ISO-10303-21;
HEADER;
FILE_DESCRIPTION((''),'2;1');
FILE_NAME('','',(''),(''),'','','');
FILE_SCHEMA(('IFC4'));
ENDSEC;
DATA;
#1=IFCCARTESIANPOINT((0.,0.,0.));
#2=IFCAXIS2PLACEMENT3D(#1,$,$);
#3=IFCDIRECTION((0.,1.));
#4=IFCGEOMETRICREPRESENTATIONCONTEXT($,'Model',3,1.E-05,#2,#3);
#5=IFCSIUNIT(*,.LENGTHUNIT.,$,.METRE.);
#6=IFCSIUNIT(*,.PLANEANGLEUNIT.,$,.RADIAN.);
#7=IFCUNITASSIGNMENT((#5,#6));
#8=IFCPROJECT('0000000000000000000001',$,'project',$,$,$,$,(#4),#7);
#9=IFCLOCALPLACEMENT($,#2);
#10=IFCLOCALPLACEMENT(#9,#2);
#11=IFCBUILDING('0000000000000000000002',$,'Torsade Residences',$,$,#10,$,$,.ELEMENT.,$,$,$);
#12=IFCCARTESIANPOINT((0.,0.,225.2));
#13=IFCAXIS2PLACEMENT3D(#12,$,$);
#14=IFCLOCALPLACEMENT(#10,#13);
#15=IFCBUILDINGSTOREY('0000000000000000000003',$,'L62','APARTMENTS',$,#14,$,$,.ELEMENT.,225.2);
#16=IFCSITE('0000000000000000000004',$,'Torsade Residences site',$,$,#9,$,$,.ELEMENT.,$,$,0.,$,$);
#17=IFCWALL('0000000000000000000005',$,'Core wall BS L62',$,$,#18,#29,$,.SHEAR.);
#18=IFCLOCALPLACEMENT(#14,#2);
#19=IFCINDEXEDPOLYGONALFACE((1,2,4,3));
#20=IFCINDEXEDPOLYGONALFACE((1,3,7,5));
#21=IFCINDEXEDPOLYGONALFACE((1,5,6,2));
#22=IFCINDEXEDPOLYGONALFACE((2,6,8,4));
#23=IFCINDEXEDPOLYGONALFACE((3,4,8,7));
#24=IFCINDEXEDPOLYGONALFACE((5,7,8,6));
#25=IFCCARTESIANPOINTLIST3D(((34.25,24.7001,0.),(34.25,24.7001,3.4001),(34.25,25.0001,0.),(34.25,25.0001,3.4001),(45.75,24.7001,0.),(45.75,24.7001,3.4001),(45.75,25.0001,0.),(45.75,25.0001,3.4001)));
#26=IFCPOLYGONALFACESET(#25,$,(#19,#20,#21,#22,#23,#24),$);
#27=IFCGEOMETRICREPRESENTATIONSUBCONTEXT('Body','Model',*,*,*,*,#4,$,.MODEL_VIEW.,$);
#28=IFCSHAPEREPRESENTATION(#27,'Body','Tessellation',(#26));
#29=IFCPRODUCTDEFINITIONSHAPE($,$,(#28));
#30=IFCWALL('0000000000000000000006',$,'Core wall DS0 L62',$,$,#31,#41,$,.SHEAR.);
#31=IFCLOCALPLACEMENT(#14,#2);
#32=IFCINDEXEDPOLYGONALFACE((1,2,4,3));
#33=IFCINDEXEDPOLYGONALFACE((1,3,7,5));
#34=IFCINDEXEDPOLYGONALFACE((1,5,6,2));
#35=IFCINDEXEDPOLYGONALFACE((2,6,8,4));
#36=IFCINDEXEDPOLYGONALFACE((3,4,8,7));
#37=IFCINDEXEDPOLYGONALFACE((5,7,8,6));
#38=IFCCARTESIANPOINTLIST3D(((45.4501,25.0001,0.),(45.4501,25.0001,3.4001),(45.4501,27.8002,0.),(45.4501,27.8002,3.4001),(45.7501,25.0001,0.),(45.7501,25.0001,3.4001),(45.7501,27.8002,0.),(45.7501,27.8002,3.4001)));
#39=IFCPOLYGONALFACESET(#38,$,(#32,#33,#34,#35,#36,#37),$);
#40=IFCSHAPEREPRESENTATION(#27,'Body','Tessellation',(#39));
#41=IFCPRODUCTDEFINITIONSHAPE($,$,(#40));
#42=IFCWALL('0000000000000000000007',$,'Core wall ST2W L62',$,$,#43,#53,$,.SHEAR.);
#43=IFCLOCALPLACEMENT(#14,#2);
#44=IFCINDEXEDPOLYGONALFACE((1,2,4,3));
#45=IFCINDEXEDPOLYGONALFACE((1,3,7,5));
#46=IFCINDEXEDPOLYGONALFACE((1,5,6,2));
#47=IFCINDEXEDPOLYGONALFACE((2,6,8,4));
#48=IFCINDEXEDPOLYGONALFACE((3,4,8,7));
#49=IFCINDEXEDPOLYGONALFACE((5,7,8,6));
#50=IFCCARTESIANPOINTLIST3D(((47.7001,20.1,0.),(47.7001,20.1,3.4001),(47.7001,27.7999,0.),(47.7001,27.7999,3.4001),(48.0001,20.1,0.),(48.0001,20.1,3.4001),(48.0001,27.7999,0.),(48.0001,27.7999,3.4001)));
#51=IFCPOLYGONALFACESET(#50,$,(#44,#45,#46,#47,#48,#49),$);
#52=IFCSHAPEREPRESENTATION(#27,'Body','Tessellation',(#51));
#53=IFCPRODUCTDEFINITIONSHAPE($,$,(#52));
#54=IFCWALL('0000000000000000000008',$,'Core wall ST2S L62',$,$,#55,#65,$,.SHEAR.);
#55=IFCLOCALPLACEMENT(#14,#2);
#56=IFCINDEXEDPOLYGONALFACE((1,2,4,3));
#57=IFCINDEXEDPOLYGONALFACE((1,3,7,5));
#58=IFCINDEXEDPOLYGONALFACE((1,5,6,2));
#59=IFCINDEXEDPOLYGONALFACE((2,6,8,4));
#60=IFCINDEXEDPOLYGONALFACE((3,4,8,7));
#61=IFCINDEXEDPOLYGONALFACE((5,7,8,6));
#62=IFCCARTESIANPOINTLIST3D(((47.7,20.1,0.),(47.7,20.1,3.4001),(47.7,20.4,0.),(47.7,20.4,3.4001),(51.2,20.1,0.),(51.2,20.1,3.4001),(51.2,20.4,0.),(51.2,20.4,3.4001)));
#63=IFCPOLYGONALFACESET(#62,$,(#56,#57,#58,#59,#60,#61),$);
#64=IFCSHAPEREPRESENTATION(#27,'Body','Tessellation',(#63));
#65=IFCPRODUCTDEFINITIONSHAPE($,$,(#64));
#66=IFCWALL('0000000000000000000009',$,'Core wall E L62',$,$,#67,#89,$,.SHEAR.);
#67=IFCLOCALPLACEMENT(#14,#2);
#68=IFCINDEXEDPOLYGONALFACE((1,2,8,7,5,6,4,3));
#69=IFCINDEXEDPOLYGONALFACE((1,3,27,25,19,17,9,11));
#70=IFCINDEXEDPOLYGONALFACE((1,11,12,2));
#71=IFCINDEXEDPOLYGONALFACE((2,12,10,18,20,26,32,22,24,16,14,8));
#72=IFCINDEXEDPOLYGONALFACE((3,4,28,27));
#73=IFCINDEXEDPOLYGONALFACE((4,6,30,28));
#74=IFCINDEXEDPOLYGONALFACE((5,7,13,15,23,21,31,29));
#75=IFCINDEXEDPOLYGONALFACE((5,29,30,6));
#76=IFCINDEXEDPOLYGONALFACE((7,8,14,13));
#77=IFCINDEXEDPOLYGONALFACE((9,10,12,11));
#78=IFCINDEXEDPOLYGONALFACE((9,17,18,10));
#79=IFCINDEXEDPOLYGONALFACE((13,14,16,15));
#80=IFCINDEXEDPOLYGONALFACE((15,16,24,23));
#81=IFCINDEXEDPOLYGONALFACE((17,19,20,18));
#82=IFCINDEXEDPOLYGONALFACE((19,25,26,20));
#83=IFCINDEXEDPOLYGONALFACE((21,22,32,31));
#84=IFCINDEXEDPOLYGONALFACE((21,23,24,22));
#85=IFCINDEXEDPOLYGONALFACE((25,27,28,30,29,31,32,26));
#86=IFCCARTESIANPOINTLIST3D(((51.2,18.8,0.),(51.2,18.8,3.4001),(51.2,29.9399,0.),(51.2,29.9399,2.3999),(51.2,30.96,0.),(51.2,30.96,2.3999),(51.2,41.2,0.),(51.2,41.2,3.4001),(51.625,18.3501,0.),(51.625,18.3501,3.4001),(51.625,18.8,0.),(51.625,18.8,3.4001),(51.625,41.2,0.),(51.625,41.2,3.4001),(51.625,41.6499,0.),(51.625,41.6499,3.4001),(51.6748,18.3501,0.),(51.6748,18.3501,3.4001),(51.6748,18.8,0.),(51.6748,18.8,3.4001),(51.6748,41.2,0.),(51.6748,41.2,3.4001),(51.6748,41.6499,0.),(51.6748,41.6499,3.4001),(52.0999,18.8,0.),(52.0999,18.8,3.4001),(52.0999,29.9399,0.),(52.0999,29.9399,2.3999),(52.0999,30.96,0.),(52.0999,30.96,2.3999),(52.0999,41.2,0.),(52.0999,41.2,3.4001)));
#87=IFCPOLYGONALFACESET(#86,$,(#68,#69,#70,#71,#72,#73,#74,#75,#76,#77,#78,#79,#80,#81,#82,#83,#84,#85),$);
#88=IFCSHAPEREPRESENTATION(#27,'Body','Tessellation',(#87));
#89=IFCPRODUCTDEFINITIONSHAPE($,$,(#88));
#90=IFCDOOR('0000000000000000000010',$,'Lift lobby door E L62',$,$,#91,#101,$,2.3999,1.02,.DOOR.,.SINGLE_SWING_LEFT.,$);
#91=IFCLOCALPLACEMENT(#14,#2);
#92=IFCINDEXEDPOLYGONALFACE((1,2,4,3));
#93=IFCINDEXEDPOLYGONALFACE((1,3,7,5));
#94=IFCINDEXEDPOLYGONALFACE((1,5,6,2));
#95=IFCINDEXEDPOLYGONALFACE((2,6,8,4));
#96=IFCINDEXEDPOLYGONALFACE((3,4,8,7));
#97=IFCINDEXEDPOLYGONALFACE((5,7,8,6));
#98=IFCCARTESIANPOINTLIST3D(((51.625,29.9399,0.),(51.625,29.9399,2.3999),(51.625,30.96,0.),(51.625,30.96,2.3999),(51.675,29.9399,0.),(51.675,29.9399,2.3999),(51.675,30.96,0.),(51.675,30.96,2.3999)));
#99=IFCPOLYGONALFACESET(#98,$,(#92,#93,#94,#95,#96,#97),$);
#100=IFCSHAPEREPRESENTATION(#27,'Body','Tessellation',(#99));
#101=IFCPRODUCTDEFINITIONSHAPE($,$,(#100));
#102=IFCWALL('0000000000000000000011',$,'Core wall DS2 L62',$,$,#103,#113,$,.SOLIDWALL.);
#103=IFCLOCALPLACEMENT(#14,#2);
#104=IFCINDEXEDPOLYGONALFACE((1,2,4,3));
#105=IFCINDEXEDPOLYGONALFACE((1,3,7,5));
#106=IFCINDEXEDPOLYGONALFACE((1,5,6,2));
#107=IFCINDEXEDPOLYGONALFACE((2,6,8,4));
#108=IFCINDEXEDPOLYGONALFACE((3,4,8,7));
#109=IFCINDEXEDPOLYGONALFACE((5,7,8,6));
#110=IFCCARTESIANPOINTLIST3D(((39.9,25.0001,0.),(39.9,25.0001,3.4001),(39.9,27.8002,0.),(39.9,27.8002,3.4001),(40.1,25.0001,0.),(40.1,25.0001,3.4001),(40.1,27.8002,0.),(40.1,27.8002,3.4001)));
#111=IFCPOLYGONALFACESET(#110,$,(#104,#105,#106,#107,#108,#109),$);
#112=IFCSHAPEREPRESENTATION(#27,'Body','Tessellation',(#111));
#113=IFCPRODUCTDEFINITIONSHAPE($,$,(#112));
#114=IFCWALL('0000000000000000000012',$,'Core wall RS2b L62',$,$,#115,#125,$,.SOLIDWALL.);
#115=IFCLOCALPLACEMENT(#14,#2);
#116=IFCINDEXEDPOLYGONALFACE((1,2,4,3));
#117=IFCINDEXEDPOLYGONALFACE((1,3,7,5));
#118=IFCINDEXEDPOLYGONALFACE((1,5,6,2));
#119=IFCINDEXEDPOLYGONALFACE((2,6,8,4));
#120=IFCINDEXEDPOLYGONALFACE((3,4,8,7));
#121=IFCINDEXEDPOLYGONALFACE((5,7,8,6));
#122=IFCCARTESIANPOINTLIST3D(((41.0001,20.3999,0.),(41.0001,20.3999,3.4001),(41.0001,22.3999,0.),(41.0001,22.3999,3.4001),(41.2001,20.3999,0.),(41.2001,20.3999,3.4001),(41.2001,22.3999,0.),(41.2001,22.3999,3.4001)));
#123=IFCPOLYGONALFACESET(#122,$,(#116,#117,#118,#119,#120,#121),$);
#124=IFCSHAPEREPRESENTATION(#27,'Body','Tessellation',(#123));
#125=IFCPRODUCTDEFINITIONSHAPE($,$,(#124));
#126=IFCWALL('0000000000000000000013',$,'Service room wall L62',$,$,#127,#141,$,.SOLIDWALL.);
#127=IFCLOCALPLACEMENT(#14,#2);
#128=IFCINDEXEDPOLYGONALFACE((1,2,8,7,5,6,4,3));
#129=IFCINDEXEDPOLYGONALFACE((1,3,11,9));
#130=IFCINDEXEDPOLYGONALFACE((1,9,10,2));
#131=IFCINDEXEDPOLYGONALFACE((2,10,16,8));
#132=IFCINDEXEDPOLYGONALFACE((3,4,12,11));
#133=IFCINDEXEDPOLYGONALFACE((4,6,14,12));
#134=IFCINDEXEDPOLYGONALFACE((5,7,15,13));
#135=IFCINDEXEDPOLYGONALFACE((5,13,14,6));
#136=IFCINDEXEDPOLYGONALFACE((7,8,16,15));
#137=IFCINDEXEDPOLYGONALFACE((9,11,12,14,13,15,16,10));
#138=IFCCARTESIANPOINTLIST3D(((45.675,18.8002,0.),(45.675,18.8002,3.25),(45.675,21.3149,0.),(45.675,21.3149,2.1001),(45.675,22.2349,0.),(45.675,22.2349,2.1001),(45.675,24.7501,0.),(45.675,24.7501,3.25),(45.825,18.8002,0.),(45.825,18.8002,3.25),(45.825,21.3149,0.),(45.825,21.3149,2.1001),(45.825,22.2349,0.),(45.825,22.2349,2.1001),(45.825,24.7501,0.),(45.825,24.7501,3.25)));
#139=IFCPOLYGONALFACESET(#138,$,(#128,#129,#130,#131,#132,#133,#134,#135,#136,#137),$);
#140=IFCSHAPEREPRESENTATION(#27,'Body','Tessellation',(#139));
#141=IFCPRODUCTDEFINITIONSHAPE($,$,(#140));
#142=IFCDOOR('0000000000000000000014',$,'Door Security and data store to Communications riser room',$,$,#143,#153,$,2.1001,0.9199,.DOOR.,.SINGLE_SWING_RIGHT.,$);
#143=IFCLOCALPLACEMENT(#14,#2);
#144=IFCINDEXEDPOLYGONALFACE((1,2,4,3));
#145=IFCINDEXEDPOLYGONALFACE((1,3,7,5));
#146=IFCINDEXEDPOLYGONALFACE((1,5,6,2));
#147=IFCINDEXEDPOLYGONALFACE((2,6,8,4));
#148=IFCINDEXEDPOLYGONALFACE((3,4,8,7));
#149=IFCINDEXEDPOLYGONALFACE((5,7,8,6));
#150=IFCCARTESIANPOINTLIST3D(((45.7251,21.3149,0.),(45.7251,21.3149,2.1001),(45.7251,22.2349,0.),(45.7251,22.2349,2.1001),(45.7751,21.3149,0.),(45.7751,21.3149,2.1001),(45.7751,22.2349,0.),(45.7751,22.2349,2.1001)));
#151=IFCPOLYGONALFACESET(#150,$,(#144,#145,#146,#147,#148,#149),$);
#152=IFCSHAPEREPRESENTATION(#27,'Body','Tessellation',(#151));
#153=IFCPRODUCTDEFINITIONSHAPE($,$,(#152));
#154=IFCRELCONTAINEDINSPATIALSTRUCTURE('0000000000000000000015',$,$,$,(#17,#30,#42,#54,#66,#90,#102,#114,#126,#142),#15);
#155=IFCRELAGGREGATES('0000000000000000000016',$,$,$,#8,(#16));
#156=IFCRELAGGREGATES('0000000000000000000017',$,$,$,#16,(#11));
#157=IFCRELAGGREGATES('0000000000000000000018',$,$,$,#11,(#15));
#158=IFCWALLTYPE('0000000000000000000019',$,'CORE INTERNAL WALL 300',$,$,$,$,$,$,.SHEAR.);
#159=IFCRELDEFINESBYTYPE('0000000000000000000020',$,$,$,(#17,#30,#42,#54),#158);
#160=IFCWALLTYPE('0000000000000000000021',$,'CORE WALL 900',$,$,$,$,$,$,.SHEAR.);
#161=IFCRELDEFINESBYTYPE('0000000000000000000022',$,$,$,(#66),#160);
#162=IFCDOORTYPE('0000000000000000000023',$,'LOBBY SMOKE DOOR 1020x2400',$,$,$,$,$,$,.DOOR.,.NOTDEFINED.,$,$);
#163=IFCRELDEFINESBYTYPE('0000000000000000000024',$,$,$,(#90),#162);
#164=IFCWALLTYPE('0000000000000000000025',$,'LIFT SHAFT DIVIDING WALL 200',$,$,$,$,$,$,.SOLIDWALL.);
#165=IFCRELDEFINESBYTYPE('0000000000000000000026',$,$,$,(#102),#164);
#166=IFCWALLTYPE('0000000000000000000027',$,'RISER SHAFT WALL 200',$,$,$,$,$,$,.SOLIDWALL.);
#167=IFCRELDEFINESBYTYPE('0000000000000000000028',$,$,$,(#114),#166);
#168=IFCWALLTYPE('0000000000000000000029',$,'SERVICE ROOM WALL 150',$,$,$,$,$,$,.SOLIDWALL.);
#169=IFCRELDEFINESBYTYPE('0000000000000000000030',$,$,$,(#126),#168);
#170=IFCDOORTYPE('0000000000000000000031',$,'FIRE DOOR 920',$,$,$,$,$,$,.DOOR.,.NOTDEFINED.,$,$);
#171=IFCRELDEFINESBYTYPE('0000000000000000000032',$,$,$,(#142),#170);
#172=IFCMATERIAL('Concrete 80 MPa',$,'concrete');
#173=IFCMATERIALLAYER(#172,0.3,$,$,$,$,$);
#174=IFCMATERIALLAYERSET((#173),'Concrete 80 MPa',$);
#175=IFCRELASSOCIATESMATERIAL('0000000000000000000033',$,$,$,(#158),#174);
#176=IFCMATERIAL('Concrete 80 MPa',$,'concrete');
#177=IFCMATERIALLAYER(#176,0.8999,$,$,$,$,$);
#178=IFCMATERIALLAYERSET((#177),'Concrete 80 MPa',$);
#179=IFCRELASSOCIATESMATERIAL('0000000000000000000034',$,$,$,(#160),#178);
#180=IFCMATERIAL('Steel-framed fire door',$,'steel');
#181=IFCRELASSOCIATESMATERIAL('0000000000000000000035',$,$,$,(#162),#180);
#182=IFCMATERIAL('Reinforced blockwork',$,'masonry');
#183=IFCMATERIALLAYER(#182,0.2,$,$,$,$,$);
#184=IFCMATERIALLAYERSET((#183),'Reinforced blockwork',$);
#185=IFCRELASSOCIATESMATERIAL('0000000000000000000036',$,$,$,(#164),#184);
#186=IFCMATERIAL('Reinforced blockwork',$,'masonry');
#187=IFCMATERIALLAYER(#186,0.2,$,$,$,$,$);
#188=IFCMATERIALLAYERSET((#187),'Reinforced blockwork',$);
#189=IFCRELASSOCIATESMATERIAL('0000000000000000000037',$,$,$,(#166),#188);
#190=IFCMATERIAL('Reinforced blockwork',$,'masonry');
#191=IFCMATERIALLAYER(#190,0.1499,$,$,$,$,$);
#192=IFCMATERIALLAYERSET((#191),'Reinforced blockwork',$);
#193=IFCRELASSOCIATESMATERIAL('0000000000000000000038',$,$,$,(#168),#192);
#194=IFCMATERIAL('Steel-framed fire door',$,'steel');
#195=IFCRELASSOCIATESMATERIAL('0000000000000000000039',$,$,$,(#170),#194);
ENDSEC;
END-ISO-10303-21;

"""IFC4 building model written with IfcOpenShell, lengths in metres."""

from ifc_helpers import new_model, si_unit, direction, frame, frame_2d, origin, place, context, subcontext, project, spatial, polyline, rectangle, outline, extrude, material, layer, layer_set, type_object, element, fill, save


model = new_model("IFC4")

# Units and contexts
model_context = context("Model", 3, precision=1e-05, world=origin(), true_north=direction((0.0, 1.0)))
body_context = subcontext(model_context, "Body", "Model", "MODEL_VIEW")
ifc_project = project(units=[si_unit("LENGTHUNIT", "METRE"), si_unit("PLANEANGLEUNIT", "RADIAN")], contexts=[model_context])

# Site, building, storey
site_placement = place(None, origin())
site = spatial("IfcSite", under=ifc_project, at=site_placement, Name="Torsade Residences site", CompositionType="ELEMENT", RefElevation=0.0)
building_placement = place(site_placement, origin())
building = spatial("IfcBuilding", under=site, at=building_placement, Name="Torsade Residences", CompositionType="ELEMENT")
storey_placement = place(building_placement, frame((0.0, 0.0, 225.2)))
storey = spatial("IfcBuildingStorey", under=building, at=storey_placement, Name="L62", Description="APARTMENTS", CompositionType="ELEMENT", Elevation=225.2)

# Walls
ifc_material_1 = material(Name="Concrete 80 MPa", Category="concrete")
ifc_layer_1 = layer(ifc_material_1, 0.3)
ifc_layer_set_1 = layer_set([ifc_layer_1], Name="Concrete 80 MPa")
wall_type_1 = type_object("IfcWallType", Name="CORE INTERNAL WALL 300", PredefinedType="SHEAR", material=ifc_layer_set_1)
wall_1_placement = place(storey_placement, frame((45.75, 24.8501, 0.0), z_axis=(0.0, 0.0, 1.0), x_axis=(-1.0, 0.0, 0.0)))
element("IfcWall", 1, at=wall_1_placement, inside=storey, type_object=wall_type_1, Name="Core wall BS L62", PredefinedType="SHEAR", context=body_context, shape_type="SweptSolid", body=[
    extrude(rectangle(XDim=11.5, YDim=0.3, at=frame_2d((5.75, 0.0))), origin(), (0.0, 0.0, 1.0), 3.4001),
])
wall_2_placement = place(storey_placement, frame((45.6001, 27.8, 0.0), z_axis=(0.0, 0.0, 1.0), x_axis=(0.0, -1.0, 0.0)))
element("IfcWall", 2, at=wall_2_placement, inside=storey, type_object=wall_type_1, Name="Core wall DS0 L62", PredefinedType="SHEAR", context=body_context, shape_type="SweptSolid", body=[
    extrude(rectangle(XDim=2.8, YDim=0.3, at=frame_2d((1.3999, 0.0))), origin(), (0.0, 0.0, 1.0), 3.4001),
])
wall_3_placement = place(storey_placement, frame((47.8501, 27.8, 0.0), z_axis=(0.0, 0.0, 1.0), x_axis=(0.0, -1.0, 0.0)))
element("IfcWall", 3, at=wall_3_placement, inside=storey, type_object=wall_type_1, Name="Core wall ST2W L62", PredefinedType="SHEAR", context=body_context, shape_type="SweptSolid", body=[
    extrude(rectangle(XDim=7.7, YDim=0.3, at=frame_2d((3.8501, 0.0))), origin(), (0.0, 0.0, 1.0), 3.4001),
])
wall_4_placement = place(storey_placement, frame((51.2, 20.25, 0.0), z_axis=(0.0, 0.0, 1.0), x_axis=(-1.0, 0.0, 0.0)))
element("IfcWall", 4, at=wall_4_placement, inside=storey, type_object=wall_type_1, Name="Core wall ST2S L62", PredefinedType="SHEAR", context=body_context, shape_type="SweptSolid", body=[
    extrude(rectangle(XDim=3.5, YDim=0.3, at=frame_2d((1.75, 0.0))), origin(), (0.0, 0.0, 1.0), 3.4001),
])

# Wall, opening, door
ifc_material_2 = material(Name="Concrete 80 MPa", Category="concrete")
ifc_layer_2 = layer(ifc_material_2, 0.8999)
ifc_layer_set_2 = layer_set([ifc_layer_2], Name="Concrete 80 MPa")
wall_type_2 = type_object("IfcWallType", Name="CORE WALL 900", PredefinedType="SHEAR", material=ifc_layer_set_2)
wall_5_placement = place(storey_placement, frame((51.6499, 18.8, 0.0), z_axis=(0.0, 0.0, 1.0), x_axis=(0.0, 1.0, 0.0)))
wall_5 = element("IfcWall", 5, at=wall_5_placement, inside=storey, type_object=wall_type_2, Name="Core wall E L62", PredefinedType="SHEAR", context=body_context, shape_type="SweptSolid", body=[
    extrude(outline(polyline([(0.0, -0.45), (22.3999, -0.45), (22.3999, -0.0249), (22.8499, -0.0249), (22.8499, 0.0249), (22.3999, 0.0249), (22.3999, 0.45), (0.0, 0.45), (0.0, 0.0249), (-0.45, 0.0249), (-0.45, -0.0249), (0.0, -0.0249), (0.0, -0.45)])), origin(), (0.0, 0.0, 1.0), 3.4001),
])
opening_1_placement = place(wall_5_placement, frame((11.1399, 0.0, 0.0)))
opening_1 = element("IfcOpeningElement", 6, at=opening_1_placement, cuts=wall_5, PredefinedType="OPENING", context=body_context, shape_type="SweptSolid", body=[
    extrude(rectangle(XDim=1.02, YDim=2.3999, at=frame_2d((0.51, 1.2))), frame((0.0, 0.46, 0.0), z_axis=(0.0, -1.0, 0.0), x_axis=(1.0, 0.0, 0.0)), (0.0, 0.0, 1.0), 0.9199),
])
ifc_material_3 = material(Name="Steel-framed fire door", Category="steel")
door_type_1 = type_object("IfcDoorType", Name="LOBBY SMOKE DOOR 1020x2400", OperationType="NOTDEFINED", PredefinedType="DOOR", material=ifc_material_3)
door_1_placement = place(opening_1_placement, origin())
door_1 = element("IfcDoor", 7, at=door_1_placement, inside=storey, type_object=door_type_1, Name="Lift lobby door E L62", OperationType="SINGLE_SWING_LEFT", OverallHeight=2.3999, OverallWidth=1.02, PredefinedType="DOOR", context=body_context, shape_type="SweptSolid", body=[
    extrude(rectangle(XDim=1.02, YDim=2.3999, at=frame_2d((0.51, 1.2))), frame((0.0, 0.0249, 0.0), z_axis=(0.0, -1.0, 0.0), x_axis=(1.0, 0.0, 0.0)), (0.0, 0.0, 1.0), 0.05),
])
fill(opening_1, door_1)

# Walls
ifc_material_4 = material(Name="Reinforced blockwork", Category="masonry")
ifc_layer_3 = layer(ifc_material_4, 0.2)
ifc_layer_set_3 = layer_set([ifc_layer_3], Name="Reinforced blockwork")
wall_type_3 = type_object("IfcWallType", Name="LIFT SHAFT DIVIDING WALL 200", PredefinedType="SOLIDWALL", material=ifc_layer_set_3)
wall_6_placement = place(storey_placement, frame((40.0, 27.8, 0.0), z_axis=(0.0, 0.0, 1.0), x_axis=(0.0, -1.0, 0.0)))
element("IfcWall", 8, at=wall_6_placement, inside=storey, type_object=wall_type_3, Name="Core wall DS2 L62", PredefinedType="SOLIDWALL", context=body_context, shape_type="SweptSolid", body=[
    extrude(rectangle(XDim=2.8, YDim=0.2, at=frame_2d((1.3999, 0.0))), origin(), (0.0, 0.0, 1.0), 3.4001),
])
ifc_material_5 = material(Name="Reinforced blockwork", Category="masonry")
ifc_layer_4 = layer(ifc_material_5, 0.2)
ifc_layer_set_4 = layer_set([ifc_layer_4], Name="Reinforced blockwork")
wall_type_4 = type_object("IfcWallType", Name="RISER SHAFT WALL 200", PredefinedType="SOLIDWALL", material=ifc_layer_set_4)
wall_7_placement = place(storey_placement, frame((41.1001, 22.3999, 0.0), z_axis=(0.0, 0.0, 1.0), x_axis=(0.0, -1.0, 0.0)))
element("IfcWall", 9, at=wall_7_placement, inside=storey, type_object=wall_type_4, Name="Core wall RS2b L62", PredefinedType="SOLIDWALL", context=body_context, shape_type="SweptSolid", body=[
    extrude(rectangle(XDim=2.0, YDim=0.2, at=frame_2d((1.0, 0.0))), origin(), (0.0, 0.0, 1.0), 3.4001),
])

# Wall, opening, door
ifc_material_6 = material(Name="Reinforced blockwork", Category="masonry")
ifc_layer_5 = layer(ifc_material_6, 0.1499)
ifc_layer_set_5 = layer_set([ifc_layer_5], Name="Reinforced blockwork")
wall_type_5 = type_object("IfcWallType", Name="SERVICE ROOM WALL 150", PredefinedType="SOLIDWALL", material=ifc_layer_set_5)
wall_8_placement = place(storey_placement, frame((45.75, 18.8, 0.0), z_axis=(0.0, 0.0, 1.0), x_axis=(0.0, 1.0, 0.0)))
wall_8 = element("IfcWall", 10, at=wall_8_placement, inside=storey, type_object=wall_type_5, Name="Service room wall L62", PredefinedType="SOLIDWALL", context=body_context, shape_type="SweptSolid", body=[
    extrude(rectangle(XDim=5.95, YDim=0.1499, at=frame_2d((2.9751, 0.0))), origin(), (0.0, 0.0, 1.0), 3.25),
])
opening_2_placement = place(wall_8_placement, frame((2.5149, 0.0, 0.0)))
opening_2 = element("IfcOpeningElement", 11, at=opening_2_placement, cuts=wall_8, PredefinedType="OPENING", context=body_context, shape_type="SweptSolid", body=[
    extrude(rectangle(XDim=0.9199, YDim=2.1001, at=frame_2d((0.46, 1.05))), frame((0.0, 0.085, 0.0), z_axis=(0.0, -1.0, 0.0), x_axis=(1.0, 0.0, 0.0)), (0.0, 0.0, 1.0), 0.1699),
])
ifc_material_7 = material(Name="Steel-framed fire door", Category="steel")
door_type_2 = type_object("IfcDoorType", Name="FIRE DOOR 920", OperationType="NOTDEFINED", PredefinedType="DOOR", material=ifc_material_7)
door_2_placement = place(opening_2_placement, origin())
door_2 = element("IfcDoor", 12, at=door_2_placement, inside=storey, type_object=door_type_2, Name="Door Security and data store to Communications riser room", OperationType="SINGLE_SWING_RIGHT", OverallHeight=2.1001, OverallWidth=0.9199, PredefinedType="DOOR", context=body_context, shape_type="SweptSolid", body=[
    extrude(rectangle(XDim=0.9199, YDim=2.1001, at=frame_2d((0.46, 1.05))), frame((0.0, 0.0249, 0.0), z_axis=(0.0, -1.0, 0.0), x_axis=(1.0, 0.0, 0.0)), (0.0, 0.0, 1.0), 0.05),
])
fill(opening_2, door_2)

save(model, "model.ifc")
